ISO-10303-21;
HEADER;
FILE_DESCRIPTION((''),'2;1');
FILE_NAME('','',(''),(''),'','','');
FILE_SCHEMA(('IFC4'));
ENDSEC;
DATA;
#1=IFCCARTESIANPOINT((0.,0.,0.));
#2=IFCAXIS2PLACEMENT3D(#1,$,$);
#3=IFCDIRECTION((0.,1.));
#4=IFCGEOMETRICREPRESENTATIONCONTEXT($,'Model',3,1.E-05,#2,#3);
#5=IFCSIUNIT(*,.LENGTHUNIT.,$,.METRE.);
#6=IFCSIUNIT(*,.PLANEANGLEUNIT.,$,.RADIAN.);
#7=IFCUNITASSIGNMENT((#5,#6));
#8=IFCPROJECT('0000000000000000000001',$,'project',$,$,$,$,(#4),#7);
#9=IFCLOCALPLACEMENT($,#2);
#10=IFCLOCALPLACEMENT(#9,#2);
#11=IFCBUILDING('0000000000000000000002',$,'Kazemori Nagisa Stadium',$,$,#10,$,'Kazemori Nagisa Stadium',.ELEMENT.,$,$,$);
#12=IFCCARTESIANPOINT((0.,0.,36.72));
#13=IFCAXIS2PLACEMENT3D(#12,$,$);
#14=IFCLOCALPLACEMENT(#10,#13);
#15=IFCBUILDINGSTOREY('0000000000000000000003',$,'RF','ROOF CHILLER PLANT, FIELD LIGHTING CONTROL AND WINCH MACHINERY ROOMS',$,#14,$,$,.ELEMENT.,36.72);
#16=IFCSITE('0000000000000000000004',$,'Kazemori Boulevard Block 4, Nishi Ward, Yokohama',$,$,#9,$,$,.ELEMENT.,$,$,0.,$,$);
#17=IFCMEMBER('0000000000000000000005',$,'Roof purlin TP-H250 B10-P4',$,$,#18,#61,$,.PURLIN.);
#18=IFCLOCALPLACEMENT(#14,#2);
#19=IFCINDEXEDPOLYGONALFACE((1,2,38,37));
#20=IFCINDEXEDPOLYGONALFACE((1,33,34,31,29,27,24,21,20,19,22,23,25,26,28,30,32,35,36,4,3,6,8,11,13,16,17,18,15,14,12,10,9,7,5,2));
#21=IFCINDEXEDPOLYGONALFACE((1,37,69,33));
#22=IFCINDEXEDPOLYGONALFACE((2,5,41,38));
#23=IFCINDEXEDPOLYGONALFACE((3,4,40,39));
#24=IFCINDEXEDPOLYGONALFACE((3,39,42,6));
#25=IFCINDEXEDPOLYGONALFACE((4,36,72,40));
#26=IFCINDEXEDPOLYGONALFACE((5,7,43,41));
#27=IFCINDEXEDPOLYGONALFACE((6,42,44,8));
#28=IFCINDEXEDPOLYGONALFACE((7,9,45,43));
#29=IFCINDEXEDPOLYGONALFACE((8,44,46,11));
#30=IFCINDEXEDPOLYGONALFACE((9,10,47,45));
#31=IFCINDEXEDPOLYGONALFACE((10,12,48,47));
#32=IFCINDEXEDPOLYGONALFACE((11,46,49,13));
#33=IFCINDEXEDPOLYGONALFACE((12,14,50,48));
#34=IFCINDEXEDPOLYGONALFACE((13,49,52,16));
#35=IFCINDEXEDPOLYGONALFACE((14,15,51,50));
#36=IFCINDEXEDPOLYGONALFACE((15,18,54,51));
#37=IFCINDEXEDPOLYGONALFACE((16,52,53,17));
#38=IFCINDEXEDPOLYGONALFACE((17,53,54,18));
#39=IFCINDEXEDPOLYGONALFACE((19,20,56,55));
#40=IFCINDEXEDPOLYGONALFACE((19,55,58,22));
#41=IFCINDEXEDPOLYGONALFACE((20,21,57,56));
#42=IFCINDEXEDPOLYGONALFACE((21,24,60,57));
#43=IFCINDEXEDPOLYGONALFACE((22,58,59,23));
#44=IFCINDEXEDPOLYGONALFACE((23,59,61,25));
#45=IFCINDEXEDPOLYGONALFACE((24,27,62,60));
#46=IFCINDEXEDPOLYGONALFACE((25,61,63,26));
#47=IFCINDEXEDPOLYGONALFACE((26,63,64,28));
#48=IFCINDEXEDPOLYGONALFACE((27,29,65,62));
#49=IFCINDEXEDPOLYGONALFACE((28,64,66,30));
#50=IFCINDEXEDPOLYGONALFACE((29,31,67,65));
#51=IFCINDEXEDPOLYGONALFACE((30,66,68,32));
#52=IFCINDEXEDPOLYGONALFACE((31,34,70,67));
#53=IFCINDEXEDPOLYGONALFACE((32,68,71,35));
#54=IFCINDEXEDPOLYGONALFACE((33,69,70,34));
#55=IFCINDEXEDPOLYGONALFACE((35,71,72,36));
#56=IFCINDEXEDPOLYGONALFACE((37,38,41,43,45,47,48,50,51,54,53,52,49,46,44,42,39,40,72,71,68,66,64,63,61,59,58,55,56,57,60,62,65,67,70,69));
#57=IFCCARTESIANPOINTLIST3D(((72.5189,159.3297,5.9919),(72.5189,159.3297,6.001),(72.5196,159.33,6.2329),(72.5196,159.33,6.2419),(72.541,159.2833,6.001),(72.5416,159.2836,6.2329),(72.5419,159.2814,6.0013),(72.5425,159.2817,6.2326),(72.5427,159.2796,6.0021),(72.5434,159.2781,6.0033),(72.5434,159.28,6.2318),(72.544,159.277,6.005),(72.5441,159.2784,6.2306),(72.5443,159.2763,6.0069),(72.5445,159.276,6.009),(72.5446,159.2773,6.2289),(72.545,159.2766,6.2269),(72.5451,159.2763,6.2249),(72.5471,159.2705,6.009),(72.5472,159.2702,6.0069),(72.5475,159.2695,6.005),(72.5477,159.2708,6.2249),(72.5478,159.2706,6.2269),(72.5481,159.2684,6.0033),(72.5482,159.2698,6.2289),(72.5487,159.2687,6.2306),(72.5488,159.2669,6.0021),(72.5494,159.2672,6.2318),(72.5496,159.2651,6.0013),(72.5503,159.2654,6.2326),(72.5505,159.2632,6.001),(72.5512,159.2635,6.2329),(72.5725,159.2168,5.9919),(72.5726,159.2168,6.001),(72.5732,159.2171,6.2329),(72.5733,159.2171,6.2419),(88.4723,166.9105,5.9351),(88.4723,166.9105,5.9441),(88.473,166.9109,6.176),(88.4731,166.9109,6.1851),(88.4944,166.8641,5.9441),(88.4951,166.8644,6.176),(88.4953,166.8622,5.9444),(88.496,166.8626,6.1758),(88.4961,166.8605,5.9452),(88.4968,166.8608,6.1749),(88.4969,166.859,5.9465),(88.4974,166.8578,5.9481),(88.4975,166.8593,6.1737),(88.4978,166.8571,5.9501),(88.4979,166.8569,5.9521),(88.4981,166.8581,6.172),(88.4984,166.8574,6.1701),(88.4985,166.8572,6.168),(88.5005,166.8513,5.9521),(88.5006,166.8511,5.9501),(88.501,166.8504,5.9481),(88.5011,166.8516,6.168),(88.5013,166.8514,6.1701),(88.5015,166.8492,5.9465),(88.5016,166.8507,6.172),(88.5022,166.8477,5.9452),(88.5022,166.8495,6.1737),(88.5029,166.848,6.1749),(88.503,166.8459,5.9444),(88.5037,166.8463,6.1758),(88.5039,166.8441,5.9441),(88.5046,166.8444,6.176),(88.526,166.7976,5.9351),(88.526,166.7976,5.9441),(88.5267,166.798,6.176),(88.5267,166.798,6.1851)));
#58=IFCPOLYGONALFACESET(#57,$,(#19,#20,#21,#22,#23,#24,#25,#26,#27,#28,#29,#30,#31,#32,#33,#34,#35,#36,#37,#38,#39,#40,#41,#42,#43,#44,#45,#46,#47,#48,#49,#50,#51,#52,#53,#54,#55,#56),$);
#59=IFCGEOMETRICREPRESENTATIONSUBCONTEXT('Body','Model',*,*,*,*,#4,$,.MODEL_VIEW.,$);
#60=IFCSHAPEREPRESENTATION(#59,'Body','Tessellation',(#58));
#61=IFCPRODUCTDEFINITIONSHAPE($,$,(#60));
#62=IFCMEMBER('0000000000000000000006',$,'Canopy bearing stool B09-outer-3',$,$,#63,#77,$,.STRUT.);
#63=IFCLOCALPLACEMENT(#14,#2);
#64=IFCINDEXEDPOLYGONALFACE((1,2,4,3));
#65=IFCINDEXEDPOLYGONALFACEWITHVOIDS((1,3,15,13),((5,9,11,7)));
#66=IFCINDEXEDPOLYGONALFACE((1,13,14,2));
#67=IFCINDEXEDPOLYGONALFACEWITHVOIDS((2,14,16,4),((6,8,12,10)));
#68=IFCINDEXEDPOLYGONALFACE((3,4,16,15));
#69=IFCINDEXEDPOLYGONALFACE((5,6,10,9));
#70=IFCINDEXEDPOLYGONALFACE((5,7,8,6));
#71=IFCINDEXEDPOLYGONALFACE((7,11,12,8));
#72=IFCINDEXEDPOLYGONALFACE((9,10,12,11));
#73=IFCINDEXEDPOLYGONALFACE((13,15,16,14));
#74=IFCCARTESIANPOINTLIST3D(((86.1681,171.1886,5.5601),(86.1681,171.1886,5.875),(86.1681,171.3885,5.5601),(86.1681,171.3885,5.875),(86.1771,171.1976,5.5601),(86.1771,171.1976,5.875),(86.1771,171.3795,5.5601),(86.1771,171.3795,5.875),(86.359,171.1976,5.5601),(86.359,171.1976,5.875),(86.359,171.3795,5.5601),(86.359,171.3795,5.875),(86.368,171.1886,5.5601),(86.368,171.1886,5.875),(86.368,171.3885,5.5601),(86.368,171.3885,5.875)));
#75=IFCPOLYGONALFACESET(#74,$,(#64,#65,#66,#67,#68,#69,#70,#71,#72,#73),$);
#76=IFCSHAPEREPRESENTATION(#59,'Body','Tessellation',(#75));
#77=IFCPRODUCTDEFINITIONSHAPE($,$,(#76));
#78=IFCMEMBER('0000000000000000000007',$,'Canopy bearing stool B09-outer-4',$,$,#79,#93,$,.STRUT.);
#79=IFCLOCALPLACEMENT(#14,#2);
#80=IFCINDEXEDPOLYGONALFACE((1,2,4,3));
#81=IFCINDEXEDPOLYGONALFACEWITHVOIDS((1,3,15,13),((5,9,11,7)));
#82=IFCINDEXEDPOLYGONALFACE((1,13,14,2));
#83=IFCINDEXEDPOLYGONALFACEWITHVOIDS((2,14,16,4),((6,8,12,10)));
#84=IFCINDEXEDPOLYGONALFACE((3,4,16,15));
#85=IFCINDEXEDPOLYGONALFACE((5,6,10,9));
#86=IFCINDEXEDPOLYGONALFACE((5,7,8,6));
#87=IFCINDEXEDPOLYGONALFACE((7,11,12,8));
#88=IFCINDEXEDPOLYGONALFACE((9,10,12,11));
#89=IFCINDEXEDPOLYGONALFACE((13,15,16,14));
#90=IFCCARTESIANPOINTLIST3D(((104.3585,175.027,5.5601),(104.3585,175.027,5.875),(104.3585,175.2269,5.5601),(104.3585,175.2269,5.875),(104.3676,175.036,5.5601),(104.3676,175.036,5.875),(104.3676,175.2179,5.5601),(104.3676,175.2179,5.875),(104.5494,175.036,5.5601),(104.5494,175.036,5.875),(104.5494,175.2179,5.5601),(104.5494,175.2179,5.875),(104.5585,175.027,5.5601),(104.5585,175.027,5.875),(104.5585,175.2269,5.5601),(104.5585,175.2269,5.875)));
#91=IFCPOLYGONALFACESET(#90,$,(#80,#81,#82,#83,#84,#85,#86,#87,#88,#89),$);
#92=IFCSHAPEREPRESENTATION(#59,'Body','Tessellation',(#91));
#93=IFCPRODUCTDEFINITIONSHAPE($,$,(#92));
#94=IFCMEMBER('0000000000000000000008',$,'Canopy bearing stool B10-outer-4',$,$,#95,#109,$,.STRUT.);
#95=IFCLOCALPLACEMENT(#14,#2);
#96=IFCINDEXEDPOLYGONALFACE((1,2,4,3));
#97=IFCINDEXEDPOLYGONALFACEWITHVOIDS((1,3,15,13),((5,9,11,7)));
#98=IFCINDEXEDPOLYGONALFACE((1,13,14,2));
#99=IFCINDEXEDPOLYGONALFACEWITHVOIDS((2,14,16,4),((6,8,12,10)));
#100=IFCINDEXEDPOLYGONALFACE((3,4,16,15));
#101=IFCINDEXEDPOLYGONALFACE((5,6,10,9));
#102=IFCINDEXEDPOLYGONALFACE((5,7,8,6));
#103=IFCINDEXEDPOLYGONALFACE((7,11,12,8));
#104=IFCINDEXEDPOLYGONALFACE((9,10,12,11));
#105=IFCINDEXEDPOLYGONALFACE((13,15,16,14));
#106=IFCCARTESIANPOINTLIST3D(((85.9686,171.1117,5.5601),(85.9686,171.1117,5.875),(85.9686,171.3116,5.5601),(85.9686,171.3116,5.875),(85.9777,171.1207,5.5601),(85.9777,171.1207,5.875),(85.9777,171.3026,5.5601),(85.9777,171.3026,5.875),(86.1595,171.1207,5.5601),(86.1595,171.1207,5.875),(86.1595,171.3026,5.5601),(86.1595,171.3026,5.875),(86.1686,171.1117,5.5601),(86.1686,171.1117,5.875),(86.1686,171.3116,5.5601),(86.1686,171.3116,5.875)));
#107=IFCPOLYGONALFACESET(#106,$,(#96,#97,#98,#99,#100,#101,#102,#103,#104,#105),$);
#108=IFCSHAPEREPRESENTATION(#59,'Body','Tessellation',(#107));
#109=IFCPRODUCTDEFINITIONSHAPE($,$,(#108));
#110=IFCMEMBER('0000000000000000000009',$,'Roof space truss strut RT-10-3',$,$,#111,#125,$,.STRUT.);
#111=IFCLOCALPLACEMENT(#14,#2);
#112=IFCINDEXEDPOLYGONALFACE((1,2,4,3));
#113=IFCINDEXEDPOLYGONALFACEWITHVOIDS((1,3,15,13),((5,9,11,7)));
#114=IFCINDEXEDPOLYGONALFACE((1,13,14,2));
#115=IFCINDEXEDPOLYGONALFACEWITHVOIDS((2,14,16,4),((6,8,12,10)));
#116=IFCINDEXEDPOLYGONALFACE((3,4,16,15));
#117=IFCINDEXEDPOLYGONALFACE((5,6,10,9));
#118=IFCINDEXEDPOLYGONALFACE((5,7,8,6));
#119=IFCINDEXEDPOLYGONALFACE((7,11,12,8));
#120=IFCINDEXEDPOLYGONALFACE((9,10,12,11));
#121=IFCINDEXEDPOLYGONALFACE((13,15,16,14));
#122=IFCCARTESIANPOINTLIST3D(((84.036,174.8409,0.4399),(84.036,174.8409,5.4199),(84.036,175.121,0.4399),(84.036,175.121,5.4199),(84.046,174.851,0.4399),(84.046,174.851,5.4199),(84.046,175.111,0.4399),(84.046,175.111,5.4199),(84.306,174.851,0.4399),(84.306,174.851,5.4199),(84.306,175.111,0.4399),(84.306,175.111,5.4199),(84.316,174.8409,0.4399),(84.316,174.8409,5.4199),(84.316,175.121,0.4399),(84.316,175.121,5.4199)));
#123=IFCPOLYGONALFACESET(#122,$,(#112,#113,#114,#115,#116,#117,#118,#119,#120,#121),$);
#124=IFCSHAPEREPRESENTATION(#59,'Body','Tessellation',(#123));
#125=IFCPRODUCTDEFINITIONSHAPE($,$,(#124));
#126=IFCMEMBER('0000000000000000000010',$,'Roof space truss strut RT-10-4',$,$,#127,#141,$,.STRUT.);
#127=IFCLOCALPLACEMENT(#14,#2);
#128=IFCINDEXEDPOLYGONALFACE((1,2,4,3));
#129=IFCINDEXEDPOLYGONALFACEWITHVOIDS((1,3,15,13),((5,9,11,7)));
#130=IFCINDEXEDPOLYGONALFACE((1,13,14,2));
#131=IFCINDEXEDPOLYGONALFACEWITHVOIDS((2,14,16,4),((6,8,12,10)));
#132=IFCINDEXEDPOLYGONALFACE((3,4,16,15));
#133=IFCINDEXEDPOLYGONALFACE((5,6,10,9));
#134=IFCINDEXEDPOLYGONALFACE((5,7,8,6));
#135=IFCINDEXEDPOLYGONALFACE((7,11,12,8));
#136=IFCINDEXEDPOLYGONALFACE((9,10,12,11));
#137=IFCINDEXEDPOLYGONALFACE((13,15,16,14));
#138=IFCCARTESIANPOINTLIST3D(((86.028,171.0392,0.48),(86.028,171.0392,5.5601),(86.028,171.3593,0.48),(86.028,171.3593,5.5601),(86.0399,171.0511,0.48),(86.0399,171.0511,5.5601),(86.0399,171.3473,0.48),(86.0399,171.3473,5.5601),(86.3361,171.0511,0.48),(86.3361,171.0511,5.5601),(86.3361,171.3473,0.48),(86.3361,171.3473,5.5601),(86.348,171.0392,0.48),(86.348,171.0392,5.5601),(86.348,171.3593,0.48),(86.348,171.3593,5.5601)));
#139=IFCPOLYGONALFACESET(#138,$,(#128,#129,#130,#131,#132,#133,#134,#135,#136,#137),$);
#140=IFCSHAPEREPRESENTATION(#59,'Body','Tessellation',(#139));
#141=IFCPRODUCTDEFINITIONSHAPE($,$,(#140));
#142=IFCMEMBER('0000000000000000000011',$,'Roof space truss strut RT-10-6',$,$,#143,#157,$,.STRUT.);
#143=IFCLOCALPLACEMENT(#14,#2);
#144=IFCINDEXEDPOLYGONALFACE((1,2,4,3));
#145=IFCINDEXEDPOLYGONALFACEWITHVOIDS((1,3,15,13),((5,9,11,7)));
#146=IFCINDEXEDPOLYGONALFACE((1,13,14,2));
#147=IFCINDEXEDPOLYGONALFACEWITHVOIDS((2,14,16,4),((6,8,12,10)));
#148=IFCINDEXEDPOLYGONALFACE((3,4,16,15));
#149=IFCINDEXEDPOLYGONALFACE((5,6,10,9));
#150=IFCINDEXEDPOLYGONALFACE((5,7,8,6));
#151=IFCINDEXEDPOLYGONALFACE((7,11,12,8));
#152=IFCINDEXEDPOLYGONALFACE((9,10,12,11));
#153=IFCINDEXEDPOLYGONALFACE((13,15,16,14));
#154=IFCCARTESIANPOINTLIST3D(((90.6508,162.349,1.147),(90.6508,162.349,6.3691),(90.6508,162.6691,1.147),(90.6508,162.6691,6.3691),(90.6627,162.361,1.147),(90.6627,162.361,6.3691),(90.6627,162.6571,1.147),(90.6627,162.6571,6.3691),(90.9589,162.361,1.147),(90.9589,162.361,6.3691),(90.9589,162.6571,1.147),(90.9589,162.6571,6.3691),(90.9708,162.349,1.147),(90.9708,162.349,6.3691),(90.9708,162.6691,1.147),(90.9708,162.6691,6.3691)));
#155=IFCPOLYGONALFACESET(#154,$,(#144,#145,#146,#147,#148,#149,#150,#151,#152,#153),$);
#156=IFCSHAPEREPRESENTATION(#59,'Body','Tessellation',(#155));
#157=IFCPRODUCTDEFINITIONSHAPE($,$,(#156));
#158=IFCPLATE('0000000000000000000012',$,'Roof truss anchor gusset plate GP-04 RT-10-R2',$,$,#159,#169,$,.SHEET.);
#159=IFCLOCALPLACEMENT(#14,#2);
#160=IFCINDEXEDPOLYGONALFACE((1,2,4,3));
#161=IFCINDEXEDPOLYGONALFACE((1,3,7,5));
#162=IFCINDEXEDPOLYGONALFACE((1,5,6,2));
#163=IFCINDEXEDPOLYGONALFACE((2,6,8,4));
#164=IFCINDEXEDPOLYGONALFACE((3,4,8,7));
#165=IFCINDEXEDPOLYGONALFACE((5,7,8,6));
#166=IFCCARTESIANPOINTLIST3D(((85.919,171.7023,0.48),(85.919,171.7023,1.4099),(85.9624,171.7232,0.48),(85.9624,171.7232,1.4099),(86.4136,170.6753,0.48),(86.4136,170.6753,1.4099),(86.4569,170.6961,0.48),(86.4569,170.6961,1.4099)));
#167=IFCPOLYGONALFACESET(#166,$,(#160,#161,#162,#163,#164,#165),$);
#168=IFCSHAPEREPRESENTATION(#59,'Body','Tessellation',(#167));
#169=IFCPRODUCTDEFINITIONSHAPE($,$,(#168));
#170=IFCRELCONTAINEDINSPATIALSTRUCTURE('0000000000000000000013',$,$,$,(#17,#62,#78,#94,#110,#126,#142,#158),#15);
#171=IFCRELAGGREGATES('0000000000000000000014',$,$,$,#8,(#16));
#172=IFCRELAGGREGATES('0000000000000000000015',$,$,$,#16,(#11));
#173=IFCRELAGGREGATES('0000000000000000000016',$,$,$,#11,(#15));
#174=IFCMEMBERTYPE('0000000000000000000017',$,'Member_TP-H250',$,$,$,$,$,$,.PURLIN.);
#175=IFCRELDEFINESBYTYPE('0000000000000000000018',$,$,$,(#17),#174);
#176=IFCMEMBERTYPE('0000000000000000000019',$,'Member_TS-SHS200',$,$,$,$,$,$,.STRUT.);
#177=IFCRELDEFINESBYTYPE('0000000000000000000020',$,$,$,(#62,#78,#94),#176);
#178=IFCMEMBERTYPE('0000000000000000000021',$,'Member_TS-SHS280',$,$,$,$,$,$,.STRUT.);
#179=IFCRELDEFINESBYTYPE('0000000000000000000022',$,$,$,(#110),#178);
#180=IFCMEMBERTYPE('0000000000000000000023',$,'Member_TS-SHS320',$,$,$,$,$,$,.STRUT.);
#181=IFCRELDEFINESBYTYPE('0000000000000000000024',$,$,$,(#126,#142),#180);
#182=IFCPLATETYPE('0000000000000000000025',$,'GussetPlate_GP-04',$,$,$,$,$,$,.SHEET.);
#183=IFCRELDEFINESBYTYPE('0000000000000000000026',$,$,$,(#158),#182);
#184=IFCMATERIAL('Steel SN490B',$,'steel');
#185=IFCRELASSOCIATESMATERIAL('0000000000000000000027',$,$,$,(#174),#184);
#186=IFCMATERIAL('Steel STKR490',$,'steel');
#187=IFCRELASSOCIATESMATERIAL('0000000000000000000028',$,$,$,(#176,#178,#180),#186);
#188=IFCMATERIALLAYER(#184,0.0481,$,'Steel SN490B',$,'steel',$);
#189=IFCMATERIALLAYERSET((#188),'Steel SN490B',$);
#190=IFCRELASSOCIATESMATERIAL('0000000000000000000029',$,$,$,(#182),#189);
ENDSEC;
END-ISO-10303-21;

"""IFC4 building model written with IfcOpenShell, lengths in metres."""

from ifc_helpers import new_model, si_unit, direction, frame, origin, origin_2d, place, context, subcontext, project, spatial, rectangle, hollow_rectangle, i_section, extrude, material, layer, layer_set, material_profile, profile_set, type_object, element, save


model = new_model("IFC4")

# Units and contexts
model_context = context("Model", 3, precision=1e-05, world=origin(), true_north=direction((0.0, 1.0)))
body_context = subcontext(model_context, "Body", "Model", "MODEL_VIEW")
ifc_project = project(units=[si_unit("LENGTHUNIT", "METRE"), si_unit("PLANEANGLEUNIT", "RADIAN")], contexts=[model_context])

# Site, building, storey
site_placement = place(None, origin())
site = spatial("IfcSite", under=ifc_project, at=site_placement, Name="Kazemori Boulevard Block 4, Nishi Ward, Yokohama", CompositionType="ELEMENT", RefElevation=0.0)
building_placement = place(site_placement, origin())
building = spatial("IfcBuilding", under=site, at=building_placement, Name="Kazemori Nagisa Stadium", LongName="Kazemori Nagisa Stadium", CompositionType="ELEMENT")
storey_placement = place(building_placement, frame((0.0, 0.0, 36.72)))
storey = spatial("IfcBuildingStorey", under=building, at=storey_placement, Name="RF", Description="ROOF CHILLER PLANT, FIELD LIGHTING CONTROL AND WINCH MACHINERY ROOMS", CompositionType="ELEMENT", Elevation=36.72)

# Shared definitions
ifc_material_1 = material(Name="Steel SN490B", Category="steel")

# Members
ifc_material_2 = material(Name="Steel STKR490", Category="steel")
ifc_material_profile_1 = material_profile(ifc_material_1, i_section(OverallWidth=0.125, OverallDepth=0.25, WebThickness=0.0061, FlangeThickness=0.009, FilletRadius=0.0081, at=origin_2d()), Name="H-250x125x6x9")
ifc_profile_set_1 = profile_set([ifc_material_profile_1], Name="Steel SN490B")
member_type_1 = type_object("IfcMemberType", Name="Member_TP-H250", PredefinedType="PURLIN", material=ifc_profile_set_1)
member_1_placement = place(storey_placement, frame((88.4995, 166.8542, 6.0601), z_axis=(-0.903208, -0.429191, 0.003221), x_axis=(0.429194, -0.903213, 0.0)))
element("IfcMember", 1, at=member_1_placement, inside=storey, type_object=member_type_1, Name="Roof purlin TP-H250 B10-P4", PredefinedType="PURLIN", context=body_context, shape_type="SweptSolid", body=[
    extrude(i_section(OverallWidth=0.125, OverallDepth=0.25, WebThickness=0.0061, FlangeThickness=0.009, FilletRadius=0.0081, at=origin_2d()), origin(), (0.0, 0.0, 1.0), 17.6631),
])
ifc_material_profile_2 = material_profile(ifc_material_2, hollow_rectangle(XDim=0.2, YDim=0.2, WallThickness=0.009, at=origin_2d()), Name="SHS-200x200x9")
ifc_profile_set_2 = profile_set([ifc_material_profile_2], Name="Steel STKR490")
member_type_2 = type_object("IfcMemberType", Name="Member_TS-SHS200", PredefinedType="STRUT", material=ifc_profile_set_2)
for number, where, z_axis, x_axis, name in (
    (2, (86.2681, 171.2886, 5.5601), (0.0, 0.0, 1.0), (1.0, 0.0, 0.0), "Canopy bearing stool B09-outer-3"),
    (3, (104.4585, 175.127, 5.5601), (0.0, 0.0, 1.0), (1.0, 0.0, 0.0), "Canopy bearing stool B09-outer-4"),
    (4, (86.0686, 171.2117, 5.5601), (0.0, 0.0, 1.0), (1.0, 0.0, 0.0), "Canopy bearing stool B10-outer-4"),
):
    element("IfcMember", number, at=place(storey_placement, frame(where, z_axis=z_axis, x_axis=x_axis)), inside=storey, type_object=member_type_2, Name=name, PredefinedType="STRUT", context=body_context, shape_type="SweptSolid", body=[
        extrude(hollow_rectangle(XDim=0.2, YDim=0.2, WallThickness=0.009, at=origin_2d()), origin(), (0.0, 0.0, 1.0), 0.3149),
    ])
ifc_material_profile_3 = material_profile(ifc_material_2, hollow_rectangle(XDim=0.28, YDim=0.28, WallThickness=0.01, at=origin_2d()), Name="SHS-280x280x10")
ifc_profile_set_3 = profile_set([ifc_material_profile_3], Name="Steel STKR490")
member_type_3 = type_object("IfcMemberType", Name="Member_TS-SHS280", PredefinedType="STRUT", material=ifc_profile_set_3)
member_2_placement = place(storey_placement, frame((84.176, 174.981, 0.4399), z_axis=(0.0, 0.0, 1.0), x_axis=(1.0, 0.0, 0.0)))
element("IfcMember", 5, at=member_2_placement, inside=storey, type_object=member_type_3, Name="Roof space truss strut RT-10-3", PredefinedType="STRUT", context=body_context, shape_type="SweptSolid", body=[
    extrude(hollow_rectangle(XDim=0.28, YDim=0.28, WallThickness=0.01, at=origin_2d()), origin(), (0.0, 0.0, 1.0), 4.98),
])
ifc_material_profile_4 = material_profile(ifc_material_2, hollow_rectangle(XDim=0.3201, YDim=0.3201, WallThickness=0.012, at=origin_2d()), Name="SHS-320x320x12")
ifc_profile_set_4 = profile_set([ifc_material_profile_4], Name="Steel STKR490")
member_type_4 = type_object("IfcMemberType", Name="Member_TS-SHS320", PredefinedType="STRUT", material=ifc_profile_set_4)
member_3_placement = place(storey_placement, frame((86.188, 171.1992, 0.48), z_axis=(0.0, 0.0, 1.0), x_axis=(1.0, 0.0, 0.0)))
element("IfcMember", 6, at=member_3_placement, inside=storey, type_object=member_type_4, Name="Roof space truss strut RT-10-4", PredefinedType="STRUT", context=body_context, shape_type="SweptSolid", body=[
    extrude(hollow_rectangle(XDim=0.3201, YDim=0.3201, WallThickness=0.012, at=origin_2d()), origin(), (0.0, 0.0, 1.0), 5.0801),
])
member_4_placement = place(storey_placement, frame((90.8108, 162.509, 1.147), z_axis=(0.0, 0.0, 1.0), x_axis=(1.0, 0.0, 0.0)))
element("IfcMember", 7, at=member_4_placement, inside=storey, type_object=member_type_4, Name="Roof space truss strut RT-10-6", PredefinedType="STRUT", context=body_context, shape_type="SweptSolid", body=[
    extrude(hollow_rectangle(XDim=0.3201, YDim=0.3201, WallThickness=0.012, at=origin_2d()), origin(), (0.0, 0.0, 1.0), 5.2222),
])

# Plate
ifc_layer = layer(ifc_material_1, 0.0481, Name="Steel SN490B", Category="steel")
ifc_layer_set = layer_set([ifc_layer], Name="Steel SN490B")
plate_type = type_object("IfcPlateType", Name="GussetPlate_GP-04", PredefinedType="SHEET", material=ifc_layer_set)
plate_placement = place(storey_placement, frame((86.188, 171.1992, 0.48), z_axis=(0.0, 0.0, 1.0), x_axis=(-0.433884, 0.900969, 0.0)))
element("IfcPlate", 8, at=plate_placement, inside=storey, type_object=plate_type, Name="Roof truss anchor gusset plate GP-04 RT-10-R2", PredefinedType="SHEET", context=body_context, shape_type="SweptSolid", body=[
    extrude(rectangle(XDim=1.1399, YDim=0.0481, at=origin_2d()), origin(), (0.0, 0.0, 1.0), 0.9299),
])

save(model, "model.ifc")
